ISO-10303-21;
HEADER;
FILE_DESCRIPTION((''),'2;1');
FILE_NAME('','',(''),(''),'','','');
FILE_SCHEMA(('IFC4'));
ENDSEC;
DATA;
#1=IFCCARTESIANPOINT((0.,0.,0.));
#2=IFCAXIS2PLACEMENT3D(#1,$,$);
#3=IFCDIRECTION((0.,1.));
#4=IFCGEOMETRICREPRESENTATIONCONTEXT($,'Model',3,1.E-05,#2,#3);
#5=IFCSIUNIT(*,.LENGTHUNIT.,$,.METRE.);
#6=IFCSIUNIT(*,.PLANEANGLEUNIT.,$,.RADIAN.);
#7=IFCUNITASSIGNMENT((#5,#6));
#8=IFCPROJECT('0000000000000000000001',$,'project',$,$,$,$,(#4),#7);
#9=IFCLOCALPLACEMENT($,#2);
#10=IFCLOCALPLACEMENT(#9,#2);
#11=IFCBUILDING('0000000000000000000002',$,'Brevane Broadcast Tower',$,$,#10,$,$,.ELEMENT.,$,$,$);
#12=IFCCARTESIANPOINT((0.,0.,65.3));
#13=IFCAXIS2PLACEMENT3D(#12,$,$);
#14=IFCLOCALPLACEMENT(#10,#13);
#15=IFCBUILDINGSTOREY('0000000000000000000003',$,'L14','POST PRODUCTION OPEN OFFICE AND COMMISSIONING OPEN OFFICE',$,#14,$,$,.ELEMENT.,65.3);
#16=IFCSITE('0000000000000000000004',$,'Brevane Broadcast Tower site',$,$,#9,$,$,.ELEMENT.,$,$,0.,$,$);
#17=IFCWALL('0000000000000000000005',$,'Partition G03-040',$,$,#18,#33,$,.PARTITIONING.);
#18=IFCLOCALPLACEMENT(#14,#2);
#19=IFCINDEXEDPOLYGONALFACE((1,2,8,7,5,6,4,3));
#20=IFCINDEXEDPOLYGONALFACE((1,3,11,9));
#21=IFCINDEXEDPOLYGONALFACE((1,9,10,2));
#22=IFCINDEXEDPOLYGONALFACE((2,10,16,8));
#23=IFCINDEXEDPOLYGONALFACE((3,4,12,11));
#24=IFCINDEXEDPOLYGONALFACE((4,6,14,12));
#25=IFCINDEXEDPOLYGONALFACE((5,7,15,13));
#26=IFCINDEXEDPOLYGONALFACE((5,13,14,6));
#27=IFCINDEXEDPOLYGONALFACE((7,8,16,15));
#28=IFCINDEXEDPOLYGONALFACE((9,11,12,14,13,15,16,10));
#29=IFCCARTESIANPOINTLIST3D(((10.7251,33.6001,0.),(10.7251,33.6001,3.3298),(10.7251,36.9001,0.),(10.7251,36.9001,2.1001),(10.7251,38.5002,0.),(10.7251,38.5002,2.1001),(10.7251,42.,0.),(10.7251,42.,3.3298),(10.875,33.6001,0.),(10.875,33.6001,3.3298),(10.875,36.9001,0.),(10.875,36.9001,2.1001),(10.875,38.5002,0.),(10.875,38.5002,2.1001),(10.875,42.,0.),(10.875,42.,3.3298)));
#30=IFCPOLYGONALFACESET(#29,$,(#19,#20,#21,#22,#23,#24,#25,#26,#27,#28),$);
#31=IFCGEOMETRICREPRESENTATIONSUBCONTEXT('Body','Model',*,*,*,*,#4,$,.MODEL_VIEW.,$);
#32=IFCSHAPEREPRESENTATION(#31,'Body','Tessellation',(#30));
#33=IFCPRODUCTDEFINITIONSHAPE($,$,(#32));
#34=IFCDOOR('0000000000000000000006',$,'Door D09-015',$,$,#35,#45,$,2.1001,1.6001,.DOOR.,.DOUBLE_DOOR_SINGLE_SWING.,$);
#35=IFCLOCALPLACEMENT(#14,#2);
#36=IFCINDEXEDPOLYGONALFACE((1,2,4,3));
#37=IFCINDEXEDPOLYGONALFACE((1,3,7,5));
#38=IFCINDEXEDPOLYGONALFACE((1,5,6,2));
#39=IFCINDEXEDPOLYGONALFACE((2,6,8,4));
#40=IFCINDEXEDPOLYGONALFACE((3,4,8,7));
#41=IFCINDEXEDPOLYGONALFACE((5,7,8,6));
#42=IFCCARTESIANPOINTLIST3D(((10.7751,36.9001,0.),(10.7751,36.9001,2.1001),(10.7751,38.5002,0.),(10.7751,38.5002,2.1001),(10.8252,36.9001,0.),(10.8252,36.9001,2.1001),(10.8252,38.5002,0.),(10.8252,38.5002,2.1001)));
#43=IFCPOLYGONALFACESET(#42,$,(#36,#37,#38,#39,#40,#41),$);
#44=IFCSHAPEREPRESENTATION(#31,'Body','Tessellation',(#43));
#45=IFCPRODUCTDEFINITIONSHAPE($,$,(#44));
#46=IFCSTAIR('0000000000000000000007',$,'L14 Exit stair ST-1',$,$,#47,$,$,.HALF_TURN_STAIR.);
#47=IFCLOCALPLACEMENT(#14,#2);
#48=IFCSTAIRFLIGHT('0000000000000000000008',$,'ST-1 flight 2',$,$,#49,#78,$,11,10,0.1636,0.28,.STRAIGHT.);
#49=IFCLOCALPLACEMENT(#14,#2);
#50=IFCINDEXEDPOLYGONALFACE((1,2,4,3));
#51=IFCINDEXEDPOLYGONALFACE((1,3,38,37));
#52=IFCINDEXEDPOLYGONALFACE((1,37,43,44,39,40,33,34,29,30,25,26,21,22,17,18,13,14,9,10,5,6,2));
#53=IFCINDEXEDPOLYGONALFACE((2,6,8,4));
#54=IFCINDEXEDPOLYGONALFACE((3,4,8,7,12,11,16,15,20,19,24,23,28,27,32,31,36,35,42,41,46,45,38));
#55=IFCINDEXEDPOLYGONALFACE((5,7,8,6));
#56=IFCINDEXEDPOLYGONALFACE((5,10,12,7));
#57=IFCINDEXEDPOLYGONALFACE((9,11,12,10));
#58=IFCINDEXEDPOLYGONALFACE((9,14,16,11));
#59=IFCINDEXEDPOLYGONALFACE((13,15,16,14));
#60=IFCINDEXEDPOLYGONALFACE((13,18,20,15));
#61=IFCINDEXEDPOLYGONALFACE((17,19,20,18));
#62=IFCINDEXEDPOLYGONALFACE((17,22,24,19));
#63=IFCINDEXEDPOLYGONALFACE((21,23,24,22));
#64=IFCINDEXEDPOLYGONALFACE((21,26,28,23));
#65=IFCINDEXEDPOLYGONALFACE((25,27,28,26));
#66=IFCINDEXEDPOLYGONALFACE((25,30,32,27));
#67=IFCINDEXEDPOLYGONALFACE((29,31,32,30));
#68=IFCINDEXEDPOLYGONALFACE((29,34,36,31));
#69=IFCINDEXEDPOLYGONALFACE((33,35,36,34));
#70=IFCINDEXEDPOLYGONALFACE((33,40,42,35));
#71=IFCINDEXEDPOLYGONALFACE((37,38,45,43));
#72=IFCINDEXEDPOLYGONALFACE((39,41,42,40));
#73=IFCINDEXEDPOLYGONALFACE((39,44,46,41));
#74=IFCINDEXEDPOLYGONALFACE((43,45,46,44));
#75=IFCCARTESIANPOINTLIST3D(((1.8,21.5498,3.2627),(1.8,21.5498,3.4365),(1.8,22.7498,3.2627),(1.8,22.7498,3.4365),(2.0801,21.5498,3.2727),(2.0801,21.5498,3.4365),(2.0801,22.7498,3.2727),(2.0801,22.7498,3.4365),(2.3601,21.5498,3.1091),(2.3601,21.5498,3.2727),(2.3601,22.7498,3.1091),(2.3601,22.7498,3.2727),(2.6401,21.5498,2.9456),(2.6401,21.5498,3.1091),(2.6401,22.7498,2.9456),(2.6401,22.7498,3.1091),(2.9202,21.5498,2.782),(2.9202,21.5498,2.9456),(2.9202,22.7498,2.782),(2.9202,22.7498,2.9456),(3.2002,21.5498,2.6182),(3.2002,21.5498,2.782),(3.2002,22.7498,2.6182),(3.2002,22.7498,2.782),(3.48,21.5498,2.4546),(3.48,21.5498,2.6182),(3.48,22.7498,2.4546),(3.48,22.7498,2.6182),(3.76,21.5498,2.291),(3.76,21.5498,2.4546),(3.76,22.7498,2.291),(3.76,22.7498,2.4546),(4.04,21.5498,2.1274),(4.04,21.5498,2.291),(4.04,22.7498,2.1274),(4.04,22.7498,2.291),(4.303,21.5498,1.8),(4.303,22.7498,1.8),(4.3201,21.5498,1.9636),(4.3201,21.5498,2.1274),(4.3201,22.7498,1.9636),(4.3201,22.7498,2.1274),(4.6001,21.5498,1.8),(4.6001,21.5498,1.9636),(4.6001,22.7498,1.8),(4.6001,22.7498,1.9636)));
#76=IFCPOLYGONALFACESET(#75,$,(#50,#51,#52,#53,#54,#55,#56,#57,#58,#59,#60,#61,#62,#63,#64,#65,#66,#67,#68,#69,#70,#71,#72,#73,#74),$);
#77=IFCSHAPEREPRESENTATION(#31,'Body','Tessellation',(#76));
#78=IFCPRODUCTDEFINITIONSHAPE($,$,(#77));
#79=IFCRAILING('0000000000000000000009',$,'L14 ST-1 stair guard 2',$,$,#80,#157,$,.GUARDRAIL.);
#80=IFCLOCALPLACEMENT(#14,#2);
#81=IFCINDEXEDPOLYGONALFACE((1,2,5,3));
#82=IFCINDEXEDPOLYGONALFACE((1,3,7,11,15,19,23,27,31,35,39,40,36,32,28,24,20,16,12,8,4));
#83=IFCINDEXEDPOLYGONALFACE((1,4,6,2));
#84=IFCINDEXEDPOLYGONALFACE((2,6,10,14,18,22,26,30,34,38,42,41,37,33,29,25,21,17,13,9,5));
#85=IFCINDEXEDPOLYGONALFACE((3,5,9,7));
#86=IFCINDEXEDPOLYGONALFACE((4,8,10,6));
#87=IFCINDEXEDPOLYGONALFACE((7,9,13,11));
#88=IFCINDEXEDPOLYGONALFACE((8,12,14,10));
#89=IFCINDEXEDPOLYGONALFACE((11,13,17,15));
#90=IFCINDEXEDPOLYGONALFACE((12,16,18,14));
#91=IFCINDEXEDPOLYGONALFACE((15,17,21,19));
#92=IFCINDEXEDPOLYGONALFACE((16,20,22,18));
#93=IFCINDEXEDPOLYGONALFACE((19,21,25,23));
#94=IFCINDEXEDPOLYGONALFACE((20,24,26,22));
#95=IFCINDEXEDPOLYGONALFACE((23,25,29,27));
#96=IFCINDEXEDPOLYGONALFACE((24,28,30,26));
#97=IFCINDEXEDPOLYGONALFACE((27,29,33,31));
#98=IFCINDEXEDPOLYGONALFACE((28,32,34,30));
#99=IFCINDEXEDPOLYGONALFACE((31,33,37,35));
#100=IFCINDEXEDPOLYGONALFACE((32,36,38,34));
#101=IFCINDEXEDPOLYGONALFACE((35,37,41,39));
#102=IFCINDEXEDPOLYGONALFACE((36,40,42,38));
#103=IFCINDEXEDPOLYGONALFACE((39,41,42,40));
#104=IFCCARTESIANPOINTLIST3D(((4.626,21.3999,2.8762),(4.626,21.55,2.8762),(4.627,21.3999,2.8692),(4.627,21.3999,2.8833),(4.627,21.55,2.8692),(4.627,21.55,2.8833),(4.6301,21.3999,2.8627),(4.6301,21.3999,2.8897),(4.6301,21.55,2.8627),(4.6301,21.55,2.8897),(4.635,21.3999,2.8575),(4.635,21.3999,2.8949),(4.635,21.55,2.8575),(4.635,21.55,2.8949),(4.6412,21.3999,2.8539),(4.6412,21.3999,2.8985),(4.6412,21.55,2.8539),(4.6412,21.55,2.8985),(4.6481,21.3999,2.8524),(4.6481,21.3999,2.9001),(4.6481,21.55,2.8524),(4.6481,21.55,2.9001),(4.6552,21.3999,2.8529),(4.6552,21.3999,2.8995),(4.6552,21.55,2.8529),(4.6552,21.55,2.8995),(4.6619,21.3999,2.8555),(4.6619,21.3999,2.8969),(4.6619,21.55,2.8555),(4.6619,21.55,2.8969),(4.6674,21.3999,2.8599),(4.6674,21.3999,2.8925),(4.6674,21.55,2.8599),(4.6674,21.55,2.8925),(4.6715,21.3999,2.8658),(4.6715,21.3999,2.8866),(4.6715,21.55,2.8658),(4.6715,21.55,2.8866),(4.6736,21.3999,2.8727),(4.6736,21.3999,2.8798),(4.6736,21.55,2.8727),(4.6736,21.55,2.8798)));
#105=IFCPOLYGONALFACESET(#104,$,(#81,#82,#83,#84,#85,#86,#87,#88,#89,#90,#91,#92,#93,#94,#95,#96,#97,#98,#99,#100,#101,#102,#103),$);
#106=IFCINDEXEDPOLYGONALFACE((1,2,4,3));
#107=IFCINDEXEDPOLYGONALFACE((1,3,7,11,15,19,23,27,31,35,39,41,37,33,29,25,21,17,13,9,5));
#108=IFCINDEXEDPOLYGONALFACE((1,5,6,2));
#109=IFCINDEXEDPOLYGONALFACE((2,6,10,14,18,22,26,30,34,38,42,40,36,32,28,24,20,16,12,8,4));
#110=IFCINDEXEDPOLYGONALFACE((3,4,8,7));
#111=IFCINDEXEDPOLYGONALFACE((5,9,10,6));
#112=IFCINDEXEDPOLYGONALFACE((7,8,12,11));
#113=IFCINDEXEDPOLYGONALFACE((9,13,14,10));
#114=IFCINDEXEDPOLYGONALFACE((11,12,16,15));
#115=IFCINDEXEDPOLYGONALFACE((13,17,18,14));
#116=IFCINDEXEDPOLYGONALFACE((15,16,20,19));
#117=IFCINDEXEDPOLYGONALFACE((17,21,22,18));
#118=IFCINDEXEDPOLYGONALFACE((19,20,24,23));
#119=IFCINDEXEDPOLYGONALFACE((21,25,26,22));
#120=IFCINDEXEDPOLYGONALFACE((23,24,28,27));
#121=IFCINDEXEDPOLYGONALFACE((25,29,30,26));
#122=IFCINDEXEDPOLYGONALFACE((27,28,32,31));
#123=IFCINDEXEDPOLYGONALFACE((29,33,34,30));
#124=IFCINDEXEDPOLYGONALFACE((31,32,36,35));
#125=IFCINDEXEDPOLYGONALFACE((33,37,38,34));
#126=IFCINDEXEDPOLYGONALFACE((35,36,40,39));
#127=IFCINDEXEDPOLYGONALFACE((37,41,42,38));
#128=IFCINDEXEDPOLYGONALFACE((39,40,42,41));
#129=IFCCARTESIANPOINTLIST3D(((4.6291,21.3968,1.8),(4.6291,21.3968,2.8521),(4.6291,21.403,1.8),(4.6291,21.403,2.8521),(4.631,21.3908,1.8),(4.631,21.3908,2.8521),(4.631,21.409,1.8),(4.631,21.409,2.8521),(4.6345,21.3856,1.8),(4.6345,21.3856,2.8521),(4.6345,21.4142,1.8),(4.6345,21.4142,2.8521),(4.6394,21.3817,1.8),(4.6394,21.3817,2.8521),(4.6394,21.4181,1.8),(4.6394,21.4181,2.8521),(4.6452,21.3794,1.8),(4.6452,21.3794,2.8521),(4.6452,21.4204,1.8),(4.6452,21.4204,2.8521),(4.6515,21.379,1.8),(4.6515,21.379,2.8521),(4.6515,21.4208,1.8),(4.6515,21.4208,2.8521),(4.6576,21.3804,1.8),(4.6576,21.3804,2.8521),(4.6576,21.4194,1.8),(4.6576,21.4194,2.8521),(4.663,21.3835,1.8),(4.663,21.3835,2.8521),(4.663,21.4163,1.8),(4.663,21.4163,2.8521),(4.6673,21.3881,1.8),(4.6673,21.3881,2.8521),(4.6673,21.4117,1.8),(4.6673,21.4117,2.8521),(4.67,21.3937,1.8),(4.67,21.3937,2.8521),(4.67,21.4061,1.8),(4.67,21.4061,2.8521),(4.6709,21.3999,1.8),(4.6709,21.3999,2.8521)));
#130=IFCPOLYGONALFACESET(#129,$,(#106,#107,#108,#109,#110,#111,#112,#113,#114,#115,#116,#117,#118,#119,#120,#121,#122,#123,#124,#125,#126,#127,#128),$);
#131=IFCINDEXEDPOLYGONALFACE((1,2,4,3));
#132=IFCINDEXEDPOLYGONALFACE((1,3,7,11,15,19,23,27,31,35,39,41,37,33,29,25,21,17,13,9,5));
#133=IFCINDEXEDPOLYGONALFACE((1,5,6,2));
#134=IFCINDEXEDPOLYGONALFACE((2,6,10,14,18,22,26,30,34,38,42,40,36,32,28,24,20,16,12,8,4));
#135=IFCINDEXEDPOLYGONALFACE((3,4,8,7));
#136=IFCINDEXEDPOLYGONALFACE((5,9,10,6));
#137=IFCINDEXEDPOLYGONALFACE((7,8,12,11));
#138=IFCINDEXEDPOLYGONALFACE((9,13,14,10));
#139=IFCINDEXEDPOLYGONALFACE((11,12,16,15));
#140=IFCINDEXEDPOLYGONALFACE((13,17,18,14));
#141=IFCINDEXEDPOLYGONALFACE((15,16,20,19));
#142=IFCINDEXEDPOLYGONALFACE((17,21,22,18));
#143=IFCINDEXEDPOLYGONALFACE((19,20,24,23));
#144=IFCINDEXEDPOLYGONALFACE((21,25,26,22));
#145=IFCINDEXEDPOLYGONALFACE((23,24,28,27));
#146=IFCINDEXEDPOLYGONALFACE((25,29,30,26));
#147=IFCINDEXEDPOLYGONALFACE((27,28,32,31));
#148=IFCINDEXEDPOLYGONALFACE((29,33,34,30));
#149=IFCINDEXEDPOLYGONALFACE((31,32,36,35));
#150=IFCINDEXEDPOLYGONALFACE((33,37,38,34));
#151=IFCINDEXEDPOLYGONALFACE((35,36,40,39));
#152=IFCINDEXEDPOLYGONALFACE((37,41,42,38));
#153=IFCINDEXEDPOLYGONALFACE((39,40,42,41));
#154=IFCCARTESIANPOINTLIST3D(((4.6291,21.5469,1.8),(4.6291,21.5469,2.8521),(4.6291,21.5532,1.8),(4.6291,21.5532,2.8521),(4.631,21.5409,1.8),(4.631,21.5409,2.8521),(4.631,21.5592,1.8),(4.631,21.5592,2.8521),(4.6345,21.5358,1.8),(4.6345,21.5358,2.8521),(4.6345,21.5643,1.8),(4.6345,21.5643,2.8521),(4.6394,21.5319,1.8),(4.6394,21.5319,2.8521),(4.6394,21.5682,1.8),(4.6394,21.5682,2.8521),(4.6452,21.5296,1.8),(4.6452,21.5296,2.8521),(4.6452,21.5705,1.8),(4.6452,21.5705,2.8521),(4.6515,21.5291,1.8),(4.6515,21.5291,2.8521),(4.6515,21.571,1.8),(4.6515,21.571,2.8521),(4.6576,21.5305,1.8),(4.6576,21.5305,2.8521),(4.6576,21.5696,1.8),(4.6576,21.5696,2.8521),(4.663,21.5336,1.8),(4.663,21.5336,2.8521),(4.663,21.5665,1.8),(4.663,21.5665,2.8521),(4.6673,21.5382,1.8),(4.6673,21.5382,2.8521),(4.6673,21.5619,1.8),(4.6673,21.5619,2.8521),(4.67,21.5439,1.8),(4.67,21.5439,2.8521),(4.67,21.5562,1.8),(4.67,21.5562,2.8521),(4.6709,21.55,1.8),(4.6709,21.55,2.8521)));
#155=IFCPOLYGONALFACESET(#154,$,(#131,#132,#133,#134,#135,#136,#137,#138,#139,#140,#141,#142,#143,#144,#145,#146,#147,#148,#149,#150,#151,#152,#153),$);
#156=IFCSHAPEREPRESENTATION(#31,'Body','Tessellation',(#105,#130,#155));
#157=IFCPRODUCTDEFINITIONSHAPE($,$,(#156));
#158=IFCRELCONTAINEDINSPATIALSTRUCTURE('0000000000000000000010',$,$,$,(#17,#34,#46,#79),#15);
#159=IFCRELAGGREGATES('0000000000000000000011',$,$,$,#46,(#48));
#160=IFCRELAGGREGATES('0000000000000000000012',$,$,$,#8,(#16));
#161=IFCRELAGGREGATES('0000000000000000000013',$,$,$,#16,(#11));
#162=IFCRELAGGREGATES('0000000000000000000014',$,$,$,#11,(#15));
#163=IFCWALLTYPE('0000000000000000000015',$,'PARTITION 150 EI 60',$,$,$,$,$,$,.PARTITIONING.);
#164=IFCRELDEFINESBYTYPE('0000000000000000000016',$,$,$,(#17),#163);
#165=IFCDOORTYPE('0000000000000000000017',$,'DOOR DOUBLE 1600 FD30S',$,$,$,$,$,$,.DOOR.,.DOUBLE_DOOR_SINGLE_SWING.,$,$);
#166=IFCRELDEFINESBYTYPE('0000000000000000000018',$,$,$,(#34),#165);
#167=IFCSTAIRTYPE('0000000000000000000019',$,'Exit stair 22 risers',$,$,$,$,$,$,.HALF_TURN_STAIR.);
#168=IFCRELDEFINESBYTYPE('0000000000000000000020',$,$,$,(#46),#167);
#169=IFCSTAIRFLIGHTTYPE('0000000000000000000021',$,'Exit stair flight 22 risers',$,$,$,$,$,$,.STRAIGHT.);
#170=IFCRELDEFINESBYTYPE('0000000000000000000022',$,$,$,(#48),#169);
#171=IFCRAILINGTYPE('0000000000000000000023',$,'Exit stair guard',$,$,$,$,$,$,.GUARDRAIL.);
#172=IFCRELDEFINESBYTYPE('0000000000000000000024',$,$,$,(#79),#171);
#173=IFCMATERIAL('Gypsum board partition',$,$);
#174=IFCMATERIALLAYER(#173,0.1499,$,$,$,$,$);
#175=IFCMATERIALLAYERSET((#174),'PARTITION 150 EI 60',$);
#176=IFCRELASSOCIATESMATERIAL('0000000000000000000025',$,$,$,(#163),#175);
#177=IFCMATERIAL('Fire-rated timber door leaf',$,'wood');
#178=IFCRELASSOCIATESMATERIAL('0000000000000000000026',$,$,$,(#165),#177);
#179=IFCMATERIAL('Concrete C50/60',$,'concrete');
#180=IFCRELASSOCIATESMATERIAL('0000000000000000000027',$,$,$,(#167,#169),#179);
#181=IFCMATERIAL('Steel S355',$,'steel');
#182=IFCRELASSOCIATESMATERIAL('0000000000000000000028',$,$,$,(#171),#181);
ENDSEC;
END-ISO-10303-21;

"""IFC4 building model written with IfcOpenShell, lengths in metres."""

from ifc_helpers import new_model, si_unit, direction, frame, frame_2d, origin, origin_2d, place, context, subcontext, project, spatial, polyline, rectangle, circle, outline, extrude, material, layer, layer_set, type_object, element, fill, aggregate, save


model = new_model("IFC4")

# Units and contexts
model_context = context("Model", 3, precision=1e-05, world=origin(), true_north=direction((0.0, 1.0)))
body_context = subcontext(model_context, "Body", "Model", "MODEL_VIEW")
ifc_project = project(units=[si_unit("LENGTHUNIT", "METRE"), si_unit("PLANEANGLEUNIT", "RADIAN")], contexts=[model_context])

# Site, building, storey
site_placement = place(None, origin())
site = spatial("IfcSite", under=ifc_project, at=site_placement, Name="Brevane Broadcast Tower site", CompositionType="ELEMENT", RefElevation=0.0)
building_placement = place(site_placement, origin())
building = spatial("IfcBuilding", under=site, at=building_placement, Name="Brevane Broadcast Tower", CompositionType="ELEMENT")
storey_placement = place(building_placement, frame((0.0, 0.0, 65.3)))
storey = spatial("IfcBuildingStorey", under=building, at=storey_placement, Name="L14", Description="POST PRODUCTION OPEN OFFICE AND COMMISSIONING OPEN OFFICE", CompositionType="ELEMENT", Elevation=65.3)

# Shared definitions
ifc_material_1 = material(Name="Gypsum board partition")

# Shared definitions
ifc_layer_1 = layer(ifc_material_1, 0.1499)
ifc_layer_set_1 = layer_set([ifc_layer_1], Name="PARTITION 150 EI 60")
wall_type_1 = type_object("IfcWallType", Name="PARTITION 150 EI 60", PredefinedType="PARTITIONING", material=ifc_layer_set_1)
ifc_material_2 = material(Name="Fire-rated timber door leaf", Category="wood")
door_type_1 = type_object("IfcDoorType", Name="DOOR DOUBLE 1600 FD30S", OperationType="DOUBLE_DOOR_SINGLE_SWING", PredefinedType="DOOR", material=ifc_material_2)

# Wall, opening, door
wall_1_placement = place(storey_placement, frame((10.8, 33.6001, 0.0), z_axis=(0.0, 0.0, 1.0), x_axis=(0.0, 1.0, 0.0)))
wall_1 = element("IfcWall", 1, at=wall_1_placement, inside=storey, type_object=wall_type_1, Name="Partition G03-040", PredefinedType="PARTITIONING", context=body_context, shape_type="SweptSolid", body=[
    extrude(rectangle(XDim=8.3999, YDim=0.1499, at=frame_2d((4.2, 0.0))), origin(), (0.0, 0.0, 1.0), 3.3298),
])
opening_1_placement = place(wall_1_placement, frame((3.3, 0.0, 0.0)))
opening_1 = element("IfcOpeningElement", 2, at=opening_1_placement, cuts=wall_1, PredefinedType="OPENING", context=body_context, shape_type="SweptSolid", body=[
    extrude(rectangle(XDim=1.6001, YDim=2.1001, at=frame_2d((0.8, 1.05))), frame((0.0, 0.085, 0.0), z_axis=(0.0, -1.0, 0.0), x_axis=(1.0, 0.0, 0.0)), (0.0, 0.0, 1.0), 0.1699),
])
door_1_placement = place(opening_1_placement, origin())
door_1 = element("IfcDoor", 3, at=door_1_placement, inside=storey, type_object=door_type_1, Name="Door D09-015", OperationType="DOUBLE_DOOR_SINGLE_SWING", OverallHeight=2.1001, OverallWidth=1.6001, PredefinedType="DOOR", context=body_context, shape_type="SweptSolid", body=[
    extrude(rectangle(XDim=1.6001, YDim=2.1001, at=frame_2d((0.8, 1.05))), frame((0.0, 0.0249, 0.0), z_axis=(0.0, -1.0, 0.0), x_axis=(1.0, 0.0, 0.0)), (0.0, 0.0, 1.0), 0.05),
])
fill(opening_1, door_1)

# Stair, stair flight
ifc_material_3 = material(Name="Concrete C50/60", Category="concrete")
stair_type = type_object("IfcStairType", Name="Exit stair 22 risers", PredefinedType="HALF_TURN_STAIR", material=ifc_material_3)
stair_placement = place(storey_placement, origin())
stair = element("IfcStair", 4, at=stair_placement, inside=storey, type_object=stair_type, Name="L14 Exit stair ST-1", PredefinedType="HALF_TURN_STAIR")
stair_flight_type = type_object("IfcStairFlightType", Name="Exit stair flight 22 risers", PredefinedType="STRAIGHT", material=ifc_material_3)
stair_flight_placement = place(storey_placement, frame((4.6001, 22.1499, 1.8), z_axis=(0.0, 0.0, 1.0), x_axis=(-1.0, 0.0, 0.0)))
stair_flight = element("IfcStairFlight", 5, at=stair_flight_placement, type_object=stair_flight_type, Name="ST-1 flight 2", NumberOfRisers=11, NumberOfTreads=10, PredefinedType="STRAIGHT", RiserHeight=0.1636, TreadLength=0.28, context=body_context, shape_type="SweptSolid", body=[
    extrude(outline(polyline([(0.0, 0.0), (0.0, 0.1636), (0.28, 0.1636), (0.28, 0.3274), (0.5601, 0.3274), (0.5601, 0.491), (0.8401, 0.491), (0.8401, 0.6545), (1.1201, 0.6545), (1.1201, 0.8181), (1.3999, 0.8181), (1.3999, 0.9819), (1.6799, 0.9819), (1.6799, 1.1455), (1.96, 1.1455), (1.96, 1.3091), (2.24, 1.3091), (2.24, 1.4727), (2.52, 1.4727), (2.52, 1.6365), (2.8, 1.6365), (2.8, 1.8), (2.8, 1.4626), (0.2971, 0.0), (0.0, 0.0)])), frame((0.0, 0.6001, 0.0), z_axis=(0.0, -1.0, 0.0), x_axis=(1.0, 0.0, 0.0)), (0.0, 0.0, 1.0), 1.2),
])
aggregate(stair, [stair_flight])

# Railing
ifc_material_4 = material(Name="Steel S355", Category="steel")
railing_type_1 = type_object("IfcRailingType", Name="Exit stair guard", PredefinedType="GUARDRAIL", material=ifc_material_4)
railing_1_placement = place(storey_placement, frame((4.6499, 21.3999, 1.8)))
element("IfcRailing", 6, at=railing_1_placement, inside=storey, type_object=railing_type_1, Name="L14 ST-1 stair guard 2", PredefinedType="GUARDRAIL", context=body_context, shape_type="SweptSolid", body=[
    extrude(circle(Radius=0.0239, at=origin_2d()), frame((0.0, 0.0, 1.0762), z_axis=(0.0, 1.0, 0.0), x_axis=(-1.0, 0.0, 0.0)), (0.0, 0.0, 1.0), 0.1501),
    extrude(circle(Radius=0.021, at=origin_2d()), origin(), (0.0, 0.0, 1.0), 1.052),
    extrude(circle(Radius=0.021, at=origin_2d()), frame((0.0, 0.1501, 0.0)), (0.0, 0.0, 1.0), 1.052),
])

save(model, "model.ifc")
